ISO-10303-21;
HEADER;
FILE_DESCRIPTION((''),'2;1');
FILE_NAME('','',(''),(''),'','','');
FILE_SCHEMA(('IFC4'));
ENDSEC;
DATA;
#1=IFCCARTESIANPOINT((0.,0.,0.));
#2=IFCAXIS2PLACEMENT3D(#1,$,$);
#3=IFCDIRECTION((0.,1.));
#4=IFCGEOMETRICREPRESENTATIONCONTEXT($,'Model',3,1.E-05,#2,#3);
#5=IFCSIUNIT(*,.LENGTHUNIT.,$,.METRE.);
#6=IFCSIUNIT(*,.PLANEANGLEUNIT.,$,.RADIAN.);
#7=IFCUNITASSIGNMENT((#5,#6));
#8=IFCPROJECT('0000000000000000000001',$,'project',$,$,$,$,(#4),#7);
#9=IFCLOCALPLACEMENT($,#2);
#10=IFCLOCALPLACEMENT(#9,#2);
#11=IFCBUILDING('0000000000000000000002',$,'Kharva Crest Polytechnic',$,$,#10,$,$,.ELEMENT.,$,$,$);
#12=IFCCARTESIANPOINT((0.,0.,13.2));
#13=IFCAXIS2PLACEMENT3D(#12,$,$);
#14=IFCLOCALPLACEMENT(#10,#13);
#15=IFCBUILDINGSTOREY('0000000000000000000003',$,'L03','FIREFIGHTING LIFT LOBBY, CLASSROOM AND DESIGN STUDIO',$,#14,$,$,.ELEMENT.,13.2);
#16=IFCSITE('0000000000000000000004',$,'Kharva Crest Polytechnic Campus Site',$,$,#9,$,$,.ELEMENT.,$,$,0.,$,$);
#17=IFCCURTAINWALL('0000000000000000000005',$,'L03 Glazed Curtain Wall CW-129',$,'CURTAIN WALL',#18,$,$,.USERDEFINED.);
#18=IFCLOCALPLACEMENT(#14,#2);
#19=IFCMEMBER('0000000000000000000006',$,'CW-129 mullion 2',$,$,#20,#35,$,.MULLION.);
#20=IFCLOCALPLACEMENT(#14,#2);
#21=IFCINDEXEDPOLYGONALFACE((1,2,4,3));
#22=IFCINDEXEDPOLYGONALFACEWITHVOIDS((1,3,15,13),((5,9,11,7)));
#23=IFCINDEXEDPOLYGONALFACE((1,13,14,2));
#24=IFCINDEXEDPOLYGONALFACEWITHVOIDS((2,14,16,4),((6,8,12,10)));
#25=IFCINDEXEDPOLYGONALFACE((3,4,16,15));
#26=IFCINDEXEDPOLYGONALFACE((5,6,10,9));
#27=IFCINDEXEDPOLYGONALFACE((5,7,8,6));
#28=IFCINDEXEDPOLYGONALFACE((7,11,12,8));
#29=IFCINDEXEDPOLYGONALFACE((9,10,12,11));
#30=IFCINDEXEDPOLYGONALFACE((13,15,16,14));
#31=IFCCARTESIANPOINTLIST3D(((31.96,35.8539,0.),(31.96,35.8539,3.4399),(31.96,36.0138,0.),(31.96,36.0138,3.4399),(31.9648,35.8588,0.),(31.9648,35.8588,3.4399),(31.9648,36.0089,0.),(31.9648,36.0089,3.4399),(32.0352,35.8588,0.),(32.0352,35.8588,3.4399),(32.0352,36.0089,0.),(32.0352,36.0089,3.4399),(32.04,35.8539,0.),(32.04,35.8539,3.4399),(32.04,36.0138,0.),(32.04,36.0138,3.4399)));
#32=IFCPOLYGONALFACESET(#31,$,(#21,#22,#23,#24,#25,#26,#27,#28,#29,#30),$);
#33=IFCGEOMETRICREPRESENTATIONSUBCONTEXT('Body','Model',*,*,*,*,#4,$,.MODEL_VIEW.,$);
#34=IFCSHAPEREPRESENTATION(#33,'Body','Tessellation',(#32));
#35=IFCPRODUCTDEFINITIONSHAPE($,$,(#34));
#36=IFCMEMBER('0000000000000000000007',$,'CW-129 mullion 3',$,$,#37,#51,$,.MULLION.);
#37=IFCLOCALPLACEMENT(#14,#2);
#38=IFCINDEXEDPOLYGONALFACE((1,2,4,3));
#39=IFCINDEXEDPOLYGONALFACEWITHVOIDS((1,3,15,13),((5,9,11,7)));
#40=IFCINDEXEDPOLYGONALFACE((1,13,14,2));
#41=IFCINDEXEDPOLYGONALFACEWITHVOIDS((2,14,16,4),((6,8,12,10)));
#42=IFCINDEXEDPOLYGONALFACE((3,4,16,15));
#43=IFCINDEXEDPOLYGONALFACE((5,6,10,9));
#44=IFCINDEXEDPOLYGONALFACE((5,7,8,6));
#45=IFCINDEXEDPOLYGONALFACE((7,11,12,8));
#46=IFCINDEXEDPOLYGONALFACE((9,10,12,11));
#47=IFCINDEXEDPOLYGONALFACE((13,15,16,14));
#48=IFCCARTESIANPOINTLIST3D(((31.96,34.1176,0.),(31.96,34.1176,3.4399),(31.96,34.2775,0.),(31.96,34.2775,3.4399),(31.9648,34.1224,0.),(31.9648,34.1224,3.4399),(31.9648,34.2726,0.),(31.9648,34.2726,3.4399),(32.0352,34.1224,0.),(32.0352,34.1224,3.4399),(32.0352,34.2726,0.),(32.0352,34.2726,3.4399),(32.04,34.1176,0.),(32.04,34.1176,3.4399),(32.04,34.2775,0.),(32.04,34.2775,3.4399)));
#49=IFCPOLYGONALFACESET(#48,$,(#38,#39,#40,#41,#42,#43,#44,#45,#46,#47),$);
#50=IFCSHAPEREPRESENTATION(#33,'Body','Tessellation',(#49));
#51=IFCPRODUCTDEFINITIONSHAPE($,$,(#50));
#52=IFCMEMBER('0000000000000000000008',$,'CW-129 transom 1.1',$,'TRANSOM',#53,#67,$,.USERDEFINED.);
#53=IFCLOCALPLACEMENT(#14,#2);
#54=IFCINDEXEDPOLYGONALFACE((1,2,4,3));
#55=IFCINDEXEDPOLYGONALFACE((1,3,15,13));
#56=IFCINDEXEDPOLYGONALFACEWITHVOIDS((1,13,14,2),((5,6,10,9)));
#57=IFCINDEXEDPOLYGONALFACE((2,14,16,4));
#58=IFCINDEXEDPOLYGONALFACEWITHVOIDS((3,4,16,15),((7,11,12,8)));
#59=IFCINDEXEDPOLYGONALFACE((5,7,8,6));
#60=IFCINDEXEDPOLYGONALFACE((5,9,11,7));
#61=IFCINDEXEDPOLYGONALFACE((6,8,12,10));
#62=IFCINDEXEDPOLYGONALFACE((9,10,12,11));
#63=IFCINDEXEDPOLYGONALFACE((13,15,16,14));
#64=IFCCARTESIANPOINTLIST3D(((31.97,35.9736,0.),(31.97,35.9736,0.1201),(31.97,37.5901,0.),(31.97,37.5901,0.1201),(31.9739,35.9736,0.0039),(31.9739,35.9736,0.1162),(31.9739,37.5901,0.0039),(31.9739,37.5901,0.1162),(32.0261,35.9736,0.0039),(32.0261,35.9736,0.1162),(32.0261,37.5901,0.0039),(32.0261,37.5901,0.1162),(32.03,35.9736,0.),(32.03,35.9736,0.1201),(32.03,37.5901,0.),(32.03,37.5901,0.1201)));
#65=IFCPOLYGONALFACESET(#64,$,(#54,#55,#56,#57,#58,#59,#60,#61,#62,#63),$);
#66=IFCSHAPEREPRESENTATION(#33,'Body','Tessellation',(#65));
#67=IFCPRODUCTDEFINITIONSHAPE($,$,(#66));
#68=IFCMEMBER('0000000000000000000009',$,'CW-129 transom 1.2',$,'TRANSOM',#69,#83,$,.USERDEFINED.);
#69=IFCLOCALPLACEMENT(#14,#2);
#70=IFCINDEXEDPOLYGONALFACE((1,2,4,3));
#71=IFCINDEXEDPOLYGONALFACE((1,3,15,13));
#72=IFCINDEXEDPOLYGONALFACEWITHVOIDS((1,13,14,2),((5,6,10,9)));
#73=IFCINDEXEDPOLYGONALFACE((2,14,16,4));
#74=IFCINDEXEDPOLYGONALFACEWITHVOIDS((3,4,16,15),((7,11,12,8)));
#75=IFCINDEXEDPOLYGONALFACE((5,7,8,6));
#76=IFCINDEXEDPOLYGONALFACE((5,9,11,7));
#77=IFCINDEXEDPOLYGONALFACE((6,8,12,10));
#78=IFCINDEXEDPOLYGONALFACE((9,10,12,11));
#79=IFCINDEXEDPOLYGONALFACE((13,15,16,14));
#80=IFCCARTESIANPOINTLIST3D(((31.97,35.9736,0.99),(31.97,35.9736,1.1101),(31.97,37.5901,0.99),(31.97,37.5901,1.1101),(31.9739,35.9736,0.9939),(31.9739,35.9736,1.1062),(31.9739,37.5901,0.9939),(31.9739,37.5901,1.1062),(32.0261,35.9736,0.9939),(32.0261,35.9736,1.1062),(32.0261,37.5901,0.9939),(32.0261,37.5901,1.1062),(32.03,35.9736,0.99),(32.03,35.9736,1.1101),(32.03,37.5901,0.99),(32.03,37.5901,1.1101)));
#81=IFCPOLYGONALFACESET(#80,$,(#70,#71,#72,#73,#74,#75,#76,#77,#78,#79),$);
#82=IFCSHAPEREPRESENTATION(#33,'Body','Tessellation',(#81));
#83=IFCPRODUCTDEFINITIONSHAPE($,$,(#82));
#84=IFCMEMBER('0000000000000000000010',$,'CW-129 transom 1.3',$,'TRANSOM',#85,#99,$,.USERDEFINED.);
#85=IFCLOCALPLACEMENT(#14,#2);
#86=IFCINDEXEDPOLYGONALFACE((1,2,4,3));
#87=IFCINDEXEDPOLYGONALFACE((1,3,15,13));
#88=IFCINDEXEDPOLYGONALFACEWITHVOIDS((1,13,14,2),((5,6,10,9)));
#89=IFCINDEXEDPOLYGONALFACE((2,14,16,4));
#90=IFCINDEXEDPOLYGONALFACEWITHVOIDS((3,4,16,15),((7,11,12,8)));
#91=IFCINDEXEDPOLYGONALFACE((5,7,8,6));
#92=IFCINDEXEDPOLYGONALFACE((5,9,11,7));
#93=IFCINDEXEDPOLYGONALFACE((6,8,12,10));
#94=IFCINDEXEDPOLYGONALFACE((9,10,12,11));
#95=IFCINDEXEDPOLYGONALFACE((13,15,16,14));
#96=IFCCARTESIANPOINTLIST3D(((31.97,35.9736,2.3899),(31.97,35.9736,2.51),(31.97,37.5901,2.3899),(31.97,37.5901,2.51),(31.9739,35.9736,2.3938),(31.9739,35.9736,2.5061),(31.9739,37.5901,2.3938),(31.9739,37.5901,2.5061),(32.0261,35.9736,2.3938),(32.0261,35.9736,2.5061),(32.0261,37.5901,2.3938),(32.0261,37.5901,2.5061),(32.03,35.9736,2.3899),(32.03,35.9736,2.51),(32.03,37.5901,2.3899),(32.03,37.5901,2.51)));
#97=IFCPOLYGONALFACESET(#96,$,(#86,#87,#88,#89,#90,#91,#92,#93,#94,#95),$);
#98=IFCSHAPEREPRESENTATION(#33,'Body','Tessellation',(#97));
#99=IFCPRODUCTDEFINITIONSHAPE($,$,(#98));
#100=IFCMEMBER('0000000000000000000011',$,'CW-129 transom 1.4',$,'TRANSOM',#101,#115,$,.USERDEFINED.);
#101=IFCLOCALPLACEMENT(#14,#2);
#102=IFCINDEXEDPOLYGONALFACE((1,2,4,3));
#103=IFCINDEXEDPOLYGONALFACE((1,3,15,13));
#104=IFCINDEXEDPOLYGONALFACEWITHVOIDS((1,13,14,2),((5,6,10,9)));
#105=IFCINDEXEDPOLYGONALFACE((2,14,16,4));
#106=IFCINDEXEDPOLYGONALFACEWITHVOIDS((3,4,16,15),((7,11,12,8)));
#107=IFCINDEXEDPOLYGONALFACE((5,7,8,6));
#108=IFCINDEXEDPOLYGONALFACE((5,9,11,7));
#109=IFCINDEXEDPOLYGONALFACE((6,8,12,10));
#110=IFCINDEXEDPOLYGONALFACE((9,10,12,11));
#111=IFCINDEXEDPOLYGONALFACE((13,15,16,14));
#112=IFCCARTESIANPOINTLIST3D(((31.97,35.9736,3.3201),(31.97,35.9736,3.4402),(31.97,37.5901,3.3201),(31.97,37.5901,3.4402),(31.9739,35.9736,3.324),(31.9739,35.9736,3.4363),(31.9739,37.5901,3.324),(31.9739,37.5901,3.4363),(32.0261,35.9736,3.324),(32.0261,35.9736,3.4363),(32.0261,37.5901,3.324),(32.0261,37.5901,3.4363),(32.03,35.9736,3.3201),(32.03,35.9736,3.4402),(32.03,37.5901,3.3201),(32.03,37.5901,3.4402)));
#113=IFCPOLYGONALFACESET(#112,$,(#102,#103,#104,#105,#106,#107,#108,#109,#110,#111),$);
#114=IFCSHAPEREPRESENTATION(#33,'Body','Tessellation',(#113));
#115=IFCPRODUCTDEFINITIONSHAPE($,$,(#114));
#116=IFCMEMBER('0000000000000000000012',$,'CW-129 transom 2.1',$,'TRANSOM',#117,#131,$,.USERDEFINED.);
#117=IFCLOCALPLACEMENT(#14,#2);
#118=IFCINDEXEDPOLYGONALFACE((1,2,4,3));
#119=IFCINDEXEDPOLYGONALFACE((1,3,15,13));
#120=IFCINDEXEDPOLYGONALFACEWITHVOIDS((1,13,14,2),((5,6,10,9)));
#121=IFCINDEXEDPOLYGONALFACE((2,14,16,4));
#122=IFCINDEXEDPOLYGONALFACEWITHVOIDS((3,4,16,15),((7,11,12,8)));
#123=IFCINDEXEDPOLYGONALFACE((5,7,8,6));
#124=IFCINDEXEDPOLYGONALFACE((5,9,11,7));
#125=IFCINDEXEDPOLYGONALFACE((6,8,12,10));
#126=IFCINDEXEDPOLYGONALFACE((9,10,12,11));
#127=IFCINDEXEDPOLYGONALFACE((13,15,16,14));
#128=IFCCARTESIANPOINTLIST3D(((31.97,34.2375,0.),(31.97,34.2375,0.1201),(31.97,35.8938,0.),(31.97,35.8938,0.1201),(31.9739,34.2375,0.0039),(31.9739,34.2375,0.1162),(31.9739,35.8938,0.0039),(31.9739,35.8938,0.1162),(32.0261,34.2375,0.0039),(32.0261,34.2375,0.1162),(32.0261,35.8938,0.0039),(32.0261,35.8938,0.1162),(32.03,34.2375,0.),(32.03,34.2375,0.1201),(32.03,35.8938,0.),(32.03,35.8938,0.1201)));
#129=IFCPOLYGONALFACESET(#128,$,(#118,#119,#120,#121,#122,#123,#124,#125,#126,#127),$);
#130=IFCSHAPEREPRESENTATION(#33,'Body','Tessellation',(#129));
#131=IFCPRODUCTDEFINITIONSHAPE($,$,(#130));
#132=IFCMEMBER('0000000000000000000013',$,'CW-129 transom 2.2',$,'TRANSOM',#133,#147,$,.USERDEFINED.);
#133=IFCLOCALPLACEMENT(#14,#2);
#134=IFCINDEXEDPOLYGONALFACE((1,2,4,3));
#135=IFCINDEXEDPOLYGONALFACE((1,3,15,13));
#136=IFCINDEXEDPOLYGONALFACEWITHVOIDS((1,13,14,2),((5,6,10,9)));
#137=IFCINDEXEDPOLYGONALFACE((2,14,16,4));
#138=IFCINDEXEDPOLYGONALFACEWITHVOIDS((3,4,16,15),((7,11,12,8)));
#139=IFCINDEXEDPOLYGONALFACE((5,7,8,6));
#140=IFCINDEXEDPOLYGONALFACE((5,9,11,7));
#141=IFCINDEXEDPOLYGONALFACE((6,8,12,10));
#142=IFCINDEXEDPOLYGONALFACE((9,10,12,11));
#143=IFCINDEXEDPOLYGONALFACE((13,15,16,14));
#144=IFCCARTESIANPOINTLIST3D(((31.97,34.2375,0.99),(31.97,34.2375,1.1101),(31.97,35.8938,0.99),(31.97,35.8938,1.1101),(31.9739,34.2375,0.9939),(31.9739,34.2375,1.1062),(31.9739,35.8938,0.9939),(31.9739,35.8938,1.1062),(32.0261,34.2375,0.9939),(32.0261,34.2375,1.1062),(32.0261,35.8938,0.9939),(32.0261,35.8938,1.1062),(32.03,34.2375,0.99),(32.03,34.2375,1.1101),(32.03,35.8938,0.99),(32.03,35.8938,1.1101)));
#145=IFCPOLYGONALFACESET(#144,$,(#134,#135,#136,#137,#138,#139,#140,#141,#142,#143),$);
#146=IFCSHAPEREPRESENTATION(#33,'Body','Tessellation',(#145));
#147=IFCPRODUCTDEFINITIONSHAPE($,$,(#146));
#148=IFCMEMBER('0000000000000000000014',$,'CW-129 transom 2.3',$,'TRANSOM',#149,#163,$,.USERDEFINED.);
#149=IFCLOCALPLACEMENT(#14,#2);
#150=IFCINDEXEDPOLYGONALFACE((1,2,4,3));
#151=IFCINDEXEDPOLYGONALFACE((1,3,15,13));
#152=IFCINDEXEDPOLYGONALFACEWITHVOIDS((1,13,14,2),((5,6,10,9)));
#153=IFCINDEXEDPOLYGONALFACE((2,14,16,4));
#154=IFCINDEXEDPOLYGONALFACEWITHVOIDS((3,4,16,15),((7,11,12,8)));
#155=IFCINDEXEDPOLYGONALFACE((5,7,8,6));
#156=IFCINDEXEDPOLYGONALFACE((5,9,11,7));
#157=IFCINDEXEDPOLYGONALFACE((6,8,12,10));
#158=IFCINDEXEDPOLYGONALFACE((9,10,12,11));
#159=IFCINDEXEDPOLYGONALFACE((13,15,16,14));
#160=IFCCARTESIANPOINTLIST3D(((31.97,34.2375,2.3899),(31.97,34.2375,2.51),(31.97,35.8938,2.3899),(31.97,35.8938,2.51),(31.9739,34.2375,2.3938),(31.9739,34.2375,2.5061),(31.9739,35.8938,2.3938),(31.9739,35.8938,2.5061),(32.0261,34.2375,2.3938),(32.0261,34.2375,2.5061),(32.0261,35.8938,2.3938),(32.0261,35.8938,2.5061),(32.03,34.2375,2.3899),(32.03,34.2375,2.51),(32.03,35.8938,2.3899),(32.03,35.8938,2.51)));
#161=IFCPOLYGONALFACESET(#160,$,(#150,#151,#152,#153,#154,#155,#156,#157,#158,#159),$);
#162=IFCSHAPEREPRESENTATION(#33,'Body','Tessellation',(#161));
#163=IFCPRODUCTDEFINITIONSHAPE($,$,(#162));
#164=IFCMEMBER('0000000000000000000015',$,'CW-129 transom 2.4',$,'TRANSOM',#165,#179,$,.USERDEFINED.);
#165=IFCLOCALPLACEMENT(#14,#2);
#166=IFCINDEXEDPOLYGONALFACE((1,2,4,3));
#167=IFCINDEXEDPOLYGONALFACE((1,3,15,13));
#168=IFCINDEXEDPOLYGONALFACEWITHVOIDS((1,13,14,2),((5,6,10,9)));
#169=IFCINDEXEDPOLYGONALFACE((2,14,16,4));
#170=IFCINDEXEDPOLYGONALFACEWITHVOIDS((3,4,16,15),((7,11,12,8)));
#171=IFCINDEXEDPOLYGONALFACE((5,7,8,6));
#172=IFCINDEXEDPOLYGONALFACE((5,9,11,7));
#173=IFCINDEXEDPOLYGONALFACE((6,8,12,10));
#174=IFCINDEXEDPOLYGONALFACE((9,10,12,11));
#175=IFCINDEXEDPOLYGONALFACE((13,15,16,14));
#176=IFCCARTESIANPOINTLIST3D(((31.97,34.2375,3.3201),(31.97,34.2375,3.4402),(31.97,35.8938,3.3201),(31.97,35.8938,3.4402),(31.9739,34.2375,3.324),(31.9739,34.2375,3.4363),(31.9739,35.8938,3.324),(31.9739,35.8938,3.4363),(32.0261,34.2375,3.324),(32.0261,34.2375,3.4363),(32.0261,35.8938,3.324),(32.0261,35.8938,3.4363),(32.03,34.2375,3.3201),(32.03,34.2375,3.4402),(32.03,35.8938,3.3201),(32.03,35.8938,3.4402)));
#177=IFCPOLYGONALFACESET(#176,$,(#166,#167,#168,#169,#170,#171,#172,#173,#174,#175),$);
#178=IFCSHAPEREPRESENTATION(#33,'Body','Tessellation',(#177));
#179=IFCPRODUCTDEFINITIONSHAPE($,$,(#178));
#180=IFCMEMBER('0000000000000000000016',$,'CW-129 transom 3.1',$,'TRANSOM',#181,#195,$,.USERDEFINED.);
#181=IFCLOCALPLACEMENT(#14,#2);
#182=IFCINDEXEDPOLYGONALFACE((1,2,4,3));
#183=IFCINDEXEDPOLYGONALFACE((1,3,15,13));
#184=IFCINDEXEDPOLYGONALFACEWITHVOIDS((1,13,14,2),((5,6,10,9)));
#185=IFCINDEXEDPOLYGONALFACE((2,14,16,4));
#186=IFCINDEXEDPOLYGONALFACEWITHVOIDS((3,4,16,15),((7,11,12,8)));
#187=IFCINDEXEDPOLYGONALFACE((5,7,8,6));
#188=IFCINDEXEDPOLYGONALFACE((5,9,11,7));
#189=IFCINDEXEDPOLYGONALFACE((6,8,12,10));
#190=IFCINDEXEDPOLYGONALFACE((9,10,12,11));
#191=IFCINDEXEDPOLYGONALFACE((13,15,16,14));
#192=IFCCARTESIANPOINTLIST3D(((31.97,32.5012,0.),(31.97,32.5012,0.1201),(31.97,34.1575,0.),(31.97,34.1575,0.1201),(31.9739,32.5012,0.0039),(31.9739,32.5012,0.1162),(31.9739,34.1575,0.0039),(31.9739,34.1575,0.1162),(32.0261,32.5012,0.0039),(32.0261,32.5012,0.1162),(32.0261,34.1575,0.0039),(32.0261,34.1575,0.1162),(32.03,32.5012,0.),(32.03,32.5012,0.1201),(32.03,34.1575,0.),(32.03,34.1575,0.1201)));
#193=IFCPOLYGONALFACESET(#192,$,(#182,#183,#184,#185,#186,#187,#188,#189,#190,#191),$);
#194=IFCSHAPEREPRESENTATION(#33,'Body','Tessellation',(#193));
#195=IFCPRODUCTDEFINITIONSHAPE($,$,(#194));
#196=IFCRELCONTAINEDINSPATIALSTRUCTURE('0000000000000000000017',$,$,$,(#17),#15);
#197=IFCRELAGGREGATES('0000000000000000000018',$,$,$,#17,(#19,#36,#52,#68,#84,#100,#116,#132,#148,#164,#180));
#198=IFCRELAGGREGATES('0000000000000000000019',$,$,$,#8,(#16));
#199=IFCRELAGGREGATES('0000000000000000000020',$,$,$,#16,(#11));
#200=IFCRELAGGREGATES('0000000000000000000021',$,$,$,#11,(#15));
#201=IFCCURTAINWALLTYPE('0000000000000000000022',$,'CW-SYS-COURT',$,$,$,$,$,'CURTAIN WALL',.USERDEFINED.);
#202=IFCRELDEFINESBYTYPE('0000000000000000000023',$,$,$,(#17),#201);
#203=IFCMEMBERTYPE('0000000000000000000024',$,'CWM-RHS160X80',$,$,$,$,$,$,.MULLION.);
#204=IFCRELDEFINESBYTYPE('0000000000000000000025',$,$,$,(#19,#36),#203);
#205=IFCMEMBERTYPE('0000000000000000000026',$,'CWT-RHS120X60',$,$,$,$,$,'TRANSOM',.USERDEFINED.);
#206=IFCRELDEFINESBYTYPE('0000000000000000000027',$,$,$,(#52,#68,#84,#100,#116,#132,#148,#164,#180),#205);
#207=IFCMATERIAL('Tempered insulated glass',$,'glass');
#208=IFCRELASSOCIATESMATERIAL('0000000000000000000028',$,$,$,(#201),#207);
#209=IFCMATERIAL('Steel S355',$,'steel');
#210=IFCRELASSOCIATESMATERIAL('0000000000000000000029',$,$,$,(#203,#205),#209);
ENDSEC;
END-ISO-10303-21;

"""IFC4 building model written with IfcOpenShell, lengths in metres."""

from ifc_helpers import new_model, si_unit, direction, frame, origin, origin_2d, place, context, subcontext, project, spatial, hollow_rectangle, extrude, material, material_profile, profile_set, type_object, element, aggregate, save


model = new_model("IFC4")

# Units and contexts
model_context = context("Model", 3, precision=1e-05, world=origin(), true_north=direction((0.0, 1.0)))
body_context = subcontext(model_context, "Body", "Model", "MODEL_VIEW")
ifc_project = project(units=[si_unit("LENGTHUNIT", "METRE"), si_unit("PLANEANGLEUNIT", "RADIAN")], contexts=[model_context])

# Site, building, storey
site_placement = place(None, origin())
site = spatial("IfcSite", under=ifc_project, at=site_placement, Name="Kharva Crest Polytechnic Campus Site", CompositionType="ELEMENT", RefElevation=0.0)
building_placement = place(site_placement, origin())
building = spatial("IfcBuilding", under=site, at=building_placement, Name="Kharva Crest Polytechnic", CompositionType="ELEMENT")
storey_placement = place(building_placement, frame((0.0, 0.0, 13.2)))
storey = spatial("IfcBuildingStorey", under=building, at=storey_placement, Name="L03", Description="FIREFIGHTING LIFT LOBBY, CLASSROOM AND DESIGN STUDIO", CompositionType="ELEMENT", Elevation=13.2)

# Curtain wall, members
ifc_material_1 = material(Name="Tempered insulated glass", Category="glass")
curtain_wall_type = type_object("IfcCurtainWallType", Name="CW-SYS-COURT", ElementType="CURTAIN WALL", PredefinedType="USERDEFINED", material=ifc_material_1)
curtain_wall_placement = place(storey_placement, origin())
curtain_wall = element("IfcCurtainWall", 1, at=curtain_wall_placement, inside=storey, type_object=curtain_wall_type, Name="L03 Glazed Curtain Wall CW-129", ObjectType="CURTAIN WALL", PredefinedType="USERDEFINED")
ifc_material_2 = material(Name="Steel S355", Category="steel")
ifc_material_profile_1 = material_profile(ifc_material_2, hollow_rectangle(XDim=0.0801, YDim=0.1599, WallThickness=0.0049, at=origin_2d()), Name="RHS 160X80X5.0")
ifc_profile_set_1 = profile_set([ifc_material_profile_1], Name="Steel S355")
member_type_1 = type_object("IfcMemberType", Name="CWM-RHS160X80", PredefinedType="MULLION", material=ifc_profile_set_1)
member_1_placement = place(storey_placement, frame((32.0, 35.9338, 0.0), z_axis=(0.0, 0.0, 1.0), x_axis=(1.0, 0.0, 0.0)))
member_1 = element("IfcMember", 2, at=member_1_placement, type_object=member_type_1, Name="CW-129 mullion 2", PredefinedType="MULLION", context=body_context, shape_type="SweptSolid", body=[
    extrude(hollow_rectangle(XDim=0.0801, YDim=0.1599, WallThickness=0.0049, at=origin_2d()), origin(), (0.0, 0.0, 1.0), 3.4399),
])
member_2_placement = place(storey_placement, frame((32.0, 34.1975, 0.0), z_axis=(0.0, 0.0, 1.0), x_axis=(1.0, 0.0, 0.0)))
member_2 = element("IfcMember", 3, at=member_2_placement, type_object=member_type_1, Name="CW-129 mullion 3", PredefinedType="MULLION", context=body_context, shape_type="SweptSolid", body=[
    extrude(hollow_rectangle(XDim=0.0801, YDim=0.1599, WallThickness=0.0049, at=origin_2d()), origin(), (0.0, 0.0, 1.0), 3.4399),
])
ifc_material_profile_2 = material_profile(ifc_material_2, hollow_rectangle(XDim=0.0601, YDim=0.1201, WallThickness=0.0039, at=origin_2d()), Name="RHS 120X60X4.0")
ifc_profile_set_2 = profile_set([ifc_material_profile_2], Name="Steel S355")
member_type_2 = type_object("IfcMemberType", Name="CWT-RHS120X60", ElementType="TRANSOM", PredefinedType="USERDEFINED", material=ifc_profile_set_2)
member_3_placement = place(storey_placement, frame((32.0, 37.5901, 0.0601), z_axis=(0.0, -1.0, 0.0), x_axis=(1.0, 0.0, 0.0)))
member_3 = element("IfcMember", 4, at=member_3_placement, type_object=member_type_2, Name="CW-129 transom 1.1", ObjectType="TRANSOM", PredefinedType="USERDEFINED", context=body_context, shape_type="SweptSolid", body=[
    extrude(hollow_rectangle(XDim=0.0601, YDim=0.1201, WallThickness=0.0039, at=origin_2d()), origin(), (0.0, 0.0, 1.0), 1.6165),
])
member_4_placement = place(storey_placement, frame((32.0, 37.5901, 1.05), z_axis=(0.0, -1.0, 0.0), x_axis=(1.0, 0.0, 0.0)))
member_4 = element("IfcMember", 5, at=member_4_placement, type_object=member_type_2, Name="CW-129 transom 1.2", ObjectType="TRANSOM", PredefinedType="USERDEFINED", context=body_context, shape_type="SweptSolid", body=[
    extrude(hollow_rectangle(XDim=0.0601, YDim=0.1201, WallThickness=0.0039, at=origin_2d()), origin(), (0.0, 0.0, 1.0), 1.6165),
])
member_5_placement = place(storey_placement, frame((32.0, 37.5901, 2.45), z_axis=(0.0, -1.0, 0.0), x_axis=(1.0, 0.0, 0.0)))
member_5 = element("IfcMember", 6, at=member_5_placement, type_object=member_type_2, Name="CW-129 transom 1.3", ObjectType="TRANSOM", PredefinedType="USERDEFINED", context=body_context, shape_type="SweptSolid", body=[
    extrude(hollow_rectangle(XDim=0.0601, YDim=0.1201, WallThickness=0.0039, at=origin_2d()), origin(), (0.0, 0.0, 1.0), 1.6165),
])
member_6_placement = place(storey_placement, frame((32.0, 37.5901, 3.3801), z_axis=(0.0, -1.0, 0.0), x_axis=(1.0, 0.0, 0.0)))
member_6 = element("IfcMember", 7, at=member_6_placement, type_object=member_type_2, Name="CW-129 transom 1.4", ObjectType="TRANSOM", PredefinedType="USERDEFINED", context=body_context, shape_type="SweptSolid", body=[
    extrude(hollow_rectangle(XDim=0.0601, YDim=0.1201, WallThickness=0.0039, at=origin_2d()), origin(), (0.0, 0.0, 1.0), 1.6165),
])
member_7_placement = place(storey_placement, frame((32.0, 35.8938, 0.0601), z_axis=(0.0, -1.0, 0.0), x_axis=(1.0, 0.0, 0.0)))
member_7 = element("IfcMember", 8, at=member_7_placement, type_object=member_type_2, Name="CW-129 transom 2.1", ObjectType="TRANSOM", PredefinedType="USERDEFINED", context=body_context, shape_type="SweptSolid", body=[
    extrude(hollow_rectangle(XDim=0.0601, YDim=0.1201, WallThickness=0.0039, at=origin_2d()), origin(), (0.0, 0.0, 1.0), 1.6562),
])
member_8_placement = place(storey_placement, frame((32.0, 35.8938, 1.05), z_axis=(0.0, -1.0, 0.0), x_axis=(1.0, 0.0, 0.0)))
member_8 = element("IfcMember", 9, at=member_8_placement, type_object=member_type_2, Name="CW-129 transom 2.2", ObjectType="TRANSOM", PredefinedType="USERDEFINED", context=body_context, shape_type="SweptSolid", body=[
    extrude(hollow_rectangle(XDim=0.0601, YDim=0.1201, WallThickness=0.0039, at=origin_2d()), origin(), (0.0, 0.0, 1.0), 1.6562),
])
member_9_placement = place(storey_placement, frame((32.0, 35.8938, 2.45), z_axis=(0.0, -1.0, 0.0), x_axis=(1.0, 0.0, 0.0)))
member_9 = element("IfcMember", 10, at=member_9_placement, type_object=member_type_2, Name="CW-129 transom 2.3", ObjectType="TRANSOM", PredefinedType="USERDEFINED", context=body_context, shape_type="SweptSolid", body=[
    extrude(hollow_rectangle(XDim=0.0601, YDim=0.1201, WallThickness=0.0039, at=origin_2d()), origin(), (0.0, 0.0, 1.0), 1.6562),
])
member_10_placement = place(storey_placement, frame((32.0, 35.8938, 3.3801), z_axis=(0.0, -1.0, 0.0), x_axis=(1.0, 0.0, 0.0)))
member_10 = element("IfcMember", 11, at=member_10_placement, type_object=member_type_2, Name="CW-129 transom 2.4", ObjectType="TRANSOM", PredefinedType="USERDEFINED", context=body_context, shape_type="SweptSolid", body=[
    extrude(hollow_rectangle(XDim=0.0601, YDim=0.1201, WallThickness=0.0039, at=origin_2d()), origin(), (0.0, 0.0, 1.0), 1.6562),
])
member_11_placement = place(storey_placement, frame((32.0, 34.1575, 0.0601), z_axis=(0.0, -1.0, 0.0), x_axis=(1.0, 0.0, 0.0)))
member_11 = element("IfcMember", 12, at=member_11_placement, type_object=member_type_2, Name="CW-129 transom 3.1", ObjectType="TRANSOM", PredefinedType="USERDEFINED", context=body_context, shape_type="SweptSolid", body=[
    extrude(hollow_rectangle(XDim=0.0601, YDim=0.1201, WallThickness=0.0039, at=origin_2d()), origin(), (0.0, 0.0, 1.0), 1.6562),
])
aggregate(curtain_wall, [member_1, member_2, member_3, member_4, member_5, member_6, member_7, member_8, member_9, member_10, member_11])

save(model, "model.ifc")
